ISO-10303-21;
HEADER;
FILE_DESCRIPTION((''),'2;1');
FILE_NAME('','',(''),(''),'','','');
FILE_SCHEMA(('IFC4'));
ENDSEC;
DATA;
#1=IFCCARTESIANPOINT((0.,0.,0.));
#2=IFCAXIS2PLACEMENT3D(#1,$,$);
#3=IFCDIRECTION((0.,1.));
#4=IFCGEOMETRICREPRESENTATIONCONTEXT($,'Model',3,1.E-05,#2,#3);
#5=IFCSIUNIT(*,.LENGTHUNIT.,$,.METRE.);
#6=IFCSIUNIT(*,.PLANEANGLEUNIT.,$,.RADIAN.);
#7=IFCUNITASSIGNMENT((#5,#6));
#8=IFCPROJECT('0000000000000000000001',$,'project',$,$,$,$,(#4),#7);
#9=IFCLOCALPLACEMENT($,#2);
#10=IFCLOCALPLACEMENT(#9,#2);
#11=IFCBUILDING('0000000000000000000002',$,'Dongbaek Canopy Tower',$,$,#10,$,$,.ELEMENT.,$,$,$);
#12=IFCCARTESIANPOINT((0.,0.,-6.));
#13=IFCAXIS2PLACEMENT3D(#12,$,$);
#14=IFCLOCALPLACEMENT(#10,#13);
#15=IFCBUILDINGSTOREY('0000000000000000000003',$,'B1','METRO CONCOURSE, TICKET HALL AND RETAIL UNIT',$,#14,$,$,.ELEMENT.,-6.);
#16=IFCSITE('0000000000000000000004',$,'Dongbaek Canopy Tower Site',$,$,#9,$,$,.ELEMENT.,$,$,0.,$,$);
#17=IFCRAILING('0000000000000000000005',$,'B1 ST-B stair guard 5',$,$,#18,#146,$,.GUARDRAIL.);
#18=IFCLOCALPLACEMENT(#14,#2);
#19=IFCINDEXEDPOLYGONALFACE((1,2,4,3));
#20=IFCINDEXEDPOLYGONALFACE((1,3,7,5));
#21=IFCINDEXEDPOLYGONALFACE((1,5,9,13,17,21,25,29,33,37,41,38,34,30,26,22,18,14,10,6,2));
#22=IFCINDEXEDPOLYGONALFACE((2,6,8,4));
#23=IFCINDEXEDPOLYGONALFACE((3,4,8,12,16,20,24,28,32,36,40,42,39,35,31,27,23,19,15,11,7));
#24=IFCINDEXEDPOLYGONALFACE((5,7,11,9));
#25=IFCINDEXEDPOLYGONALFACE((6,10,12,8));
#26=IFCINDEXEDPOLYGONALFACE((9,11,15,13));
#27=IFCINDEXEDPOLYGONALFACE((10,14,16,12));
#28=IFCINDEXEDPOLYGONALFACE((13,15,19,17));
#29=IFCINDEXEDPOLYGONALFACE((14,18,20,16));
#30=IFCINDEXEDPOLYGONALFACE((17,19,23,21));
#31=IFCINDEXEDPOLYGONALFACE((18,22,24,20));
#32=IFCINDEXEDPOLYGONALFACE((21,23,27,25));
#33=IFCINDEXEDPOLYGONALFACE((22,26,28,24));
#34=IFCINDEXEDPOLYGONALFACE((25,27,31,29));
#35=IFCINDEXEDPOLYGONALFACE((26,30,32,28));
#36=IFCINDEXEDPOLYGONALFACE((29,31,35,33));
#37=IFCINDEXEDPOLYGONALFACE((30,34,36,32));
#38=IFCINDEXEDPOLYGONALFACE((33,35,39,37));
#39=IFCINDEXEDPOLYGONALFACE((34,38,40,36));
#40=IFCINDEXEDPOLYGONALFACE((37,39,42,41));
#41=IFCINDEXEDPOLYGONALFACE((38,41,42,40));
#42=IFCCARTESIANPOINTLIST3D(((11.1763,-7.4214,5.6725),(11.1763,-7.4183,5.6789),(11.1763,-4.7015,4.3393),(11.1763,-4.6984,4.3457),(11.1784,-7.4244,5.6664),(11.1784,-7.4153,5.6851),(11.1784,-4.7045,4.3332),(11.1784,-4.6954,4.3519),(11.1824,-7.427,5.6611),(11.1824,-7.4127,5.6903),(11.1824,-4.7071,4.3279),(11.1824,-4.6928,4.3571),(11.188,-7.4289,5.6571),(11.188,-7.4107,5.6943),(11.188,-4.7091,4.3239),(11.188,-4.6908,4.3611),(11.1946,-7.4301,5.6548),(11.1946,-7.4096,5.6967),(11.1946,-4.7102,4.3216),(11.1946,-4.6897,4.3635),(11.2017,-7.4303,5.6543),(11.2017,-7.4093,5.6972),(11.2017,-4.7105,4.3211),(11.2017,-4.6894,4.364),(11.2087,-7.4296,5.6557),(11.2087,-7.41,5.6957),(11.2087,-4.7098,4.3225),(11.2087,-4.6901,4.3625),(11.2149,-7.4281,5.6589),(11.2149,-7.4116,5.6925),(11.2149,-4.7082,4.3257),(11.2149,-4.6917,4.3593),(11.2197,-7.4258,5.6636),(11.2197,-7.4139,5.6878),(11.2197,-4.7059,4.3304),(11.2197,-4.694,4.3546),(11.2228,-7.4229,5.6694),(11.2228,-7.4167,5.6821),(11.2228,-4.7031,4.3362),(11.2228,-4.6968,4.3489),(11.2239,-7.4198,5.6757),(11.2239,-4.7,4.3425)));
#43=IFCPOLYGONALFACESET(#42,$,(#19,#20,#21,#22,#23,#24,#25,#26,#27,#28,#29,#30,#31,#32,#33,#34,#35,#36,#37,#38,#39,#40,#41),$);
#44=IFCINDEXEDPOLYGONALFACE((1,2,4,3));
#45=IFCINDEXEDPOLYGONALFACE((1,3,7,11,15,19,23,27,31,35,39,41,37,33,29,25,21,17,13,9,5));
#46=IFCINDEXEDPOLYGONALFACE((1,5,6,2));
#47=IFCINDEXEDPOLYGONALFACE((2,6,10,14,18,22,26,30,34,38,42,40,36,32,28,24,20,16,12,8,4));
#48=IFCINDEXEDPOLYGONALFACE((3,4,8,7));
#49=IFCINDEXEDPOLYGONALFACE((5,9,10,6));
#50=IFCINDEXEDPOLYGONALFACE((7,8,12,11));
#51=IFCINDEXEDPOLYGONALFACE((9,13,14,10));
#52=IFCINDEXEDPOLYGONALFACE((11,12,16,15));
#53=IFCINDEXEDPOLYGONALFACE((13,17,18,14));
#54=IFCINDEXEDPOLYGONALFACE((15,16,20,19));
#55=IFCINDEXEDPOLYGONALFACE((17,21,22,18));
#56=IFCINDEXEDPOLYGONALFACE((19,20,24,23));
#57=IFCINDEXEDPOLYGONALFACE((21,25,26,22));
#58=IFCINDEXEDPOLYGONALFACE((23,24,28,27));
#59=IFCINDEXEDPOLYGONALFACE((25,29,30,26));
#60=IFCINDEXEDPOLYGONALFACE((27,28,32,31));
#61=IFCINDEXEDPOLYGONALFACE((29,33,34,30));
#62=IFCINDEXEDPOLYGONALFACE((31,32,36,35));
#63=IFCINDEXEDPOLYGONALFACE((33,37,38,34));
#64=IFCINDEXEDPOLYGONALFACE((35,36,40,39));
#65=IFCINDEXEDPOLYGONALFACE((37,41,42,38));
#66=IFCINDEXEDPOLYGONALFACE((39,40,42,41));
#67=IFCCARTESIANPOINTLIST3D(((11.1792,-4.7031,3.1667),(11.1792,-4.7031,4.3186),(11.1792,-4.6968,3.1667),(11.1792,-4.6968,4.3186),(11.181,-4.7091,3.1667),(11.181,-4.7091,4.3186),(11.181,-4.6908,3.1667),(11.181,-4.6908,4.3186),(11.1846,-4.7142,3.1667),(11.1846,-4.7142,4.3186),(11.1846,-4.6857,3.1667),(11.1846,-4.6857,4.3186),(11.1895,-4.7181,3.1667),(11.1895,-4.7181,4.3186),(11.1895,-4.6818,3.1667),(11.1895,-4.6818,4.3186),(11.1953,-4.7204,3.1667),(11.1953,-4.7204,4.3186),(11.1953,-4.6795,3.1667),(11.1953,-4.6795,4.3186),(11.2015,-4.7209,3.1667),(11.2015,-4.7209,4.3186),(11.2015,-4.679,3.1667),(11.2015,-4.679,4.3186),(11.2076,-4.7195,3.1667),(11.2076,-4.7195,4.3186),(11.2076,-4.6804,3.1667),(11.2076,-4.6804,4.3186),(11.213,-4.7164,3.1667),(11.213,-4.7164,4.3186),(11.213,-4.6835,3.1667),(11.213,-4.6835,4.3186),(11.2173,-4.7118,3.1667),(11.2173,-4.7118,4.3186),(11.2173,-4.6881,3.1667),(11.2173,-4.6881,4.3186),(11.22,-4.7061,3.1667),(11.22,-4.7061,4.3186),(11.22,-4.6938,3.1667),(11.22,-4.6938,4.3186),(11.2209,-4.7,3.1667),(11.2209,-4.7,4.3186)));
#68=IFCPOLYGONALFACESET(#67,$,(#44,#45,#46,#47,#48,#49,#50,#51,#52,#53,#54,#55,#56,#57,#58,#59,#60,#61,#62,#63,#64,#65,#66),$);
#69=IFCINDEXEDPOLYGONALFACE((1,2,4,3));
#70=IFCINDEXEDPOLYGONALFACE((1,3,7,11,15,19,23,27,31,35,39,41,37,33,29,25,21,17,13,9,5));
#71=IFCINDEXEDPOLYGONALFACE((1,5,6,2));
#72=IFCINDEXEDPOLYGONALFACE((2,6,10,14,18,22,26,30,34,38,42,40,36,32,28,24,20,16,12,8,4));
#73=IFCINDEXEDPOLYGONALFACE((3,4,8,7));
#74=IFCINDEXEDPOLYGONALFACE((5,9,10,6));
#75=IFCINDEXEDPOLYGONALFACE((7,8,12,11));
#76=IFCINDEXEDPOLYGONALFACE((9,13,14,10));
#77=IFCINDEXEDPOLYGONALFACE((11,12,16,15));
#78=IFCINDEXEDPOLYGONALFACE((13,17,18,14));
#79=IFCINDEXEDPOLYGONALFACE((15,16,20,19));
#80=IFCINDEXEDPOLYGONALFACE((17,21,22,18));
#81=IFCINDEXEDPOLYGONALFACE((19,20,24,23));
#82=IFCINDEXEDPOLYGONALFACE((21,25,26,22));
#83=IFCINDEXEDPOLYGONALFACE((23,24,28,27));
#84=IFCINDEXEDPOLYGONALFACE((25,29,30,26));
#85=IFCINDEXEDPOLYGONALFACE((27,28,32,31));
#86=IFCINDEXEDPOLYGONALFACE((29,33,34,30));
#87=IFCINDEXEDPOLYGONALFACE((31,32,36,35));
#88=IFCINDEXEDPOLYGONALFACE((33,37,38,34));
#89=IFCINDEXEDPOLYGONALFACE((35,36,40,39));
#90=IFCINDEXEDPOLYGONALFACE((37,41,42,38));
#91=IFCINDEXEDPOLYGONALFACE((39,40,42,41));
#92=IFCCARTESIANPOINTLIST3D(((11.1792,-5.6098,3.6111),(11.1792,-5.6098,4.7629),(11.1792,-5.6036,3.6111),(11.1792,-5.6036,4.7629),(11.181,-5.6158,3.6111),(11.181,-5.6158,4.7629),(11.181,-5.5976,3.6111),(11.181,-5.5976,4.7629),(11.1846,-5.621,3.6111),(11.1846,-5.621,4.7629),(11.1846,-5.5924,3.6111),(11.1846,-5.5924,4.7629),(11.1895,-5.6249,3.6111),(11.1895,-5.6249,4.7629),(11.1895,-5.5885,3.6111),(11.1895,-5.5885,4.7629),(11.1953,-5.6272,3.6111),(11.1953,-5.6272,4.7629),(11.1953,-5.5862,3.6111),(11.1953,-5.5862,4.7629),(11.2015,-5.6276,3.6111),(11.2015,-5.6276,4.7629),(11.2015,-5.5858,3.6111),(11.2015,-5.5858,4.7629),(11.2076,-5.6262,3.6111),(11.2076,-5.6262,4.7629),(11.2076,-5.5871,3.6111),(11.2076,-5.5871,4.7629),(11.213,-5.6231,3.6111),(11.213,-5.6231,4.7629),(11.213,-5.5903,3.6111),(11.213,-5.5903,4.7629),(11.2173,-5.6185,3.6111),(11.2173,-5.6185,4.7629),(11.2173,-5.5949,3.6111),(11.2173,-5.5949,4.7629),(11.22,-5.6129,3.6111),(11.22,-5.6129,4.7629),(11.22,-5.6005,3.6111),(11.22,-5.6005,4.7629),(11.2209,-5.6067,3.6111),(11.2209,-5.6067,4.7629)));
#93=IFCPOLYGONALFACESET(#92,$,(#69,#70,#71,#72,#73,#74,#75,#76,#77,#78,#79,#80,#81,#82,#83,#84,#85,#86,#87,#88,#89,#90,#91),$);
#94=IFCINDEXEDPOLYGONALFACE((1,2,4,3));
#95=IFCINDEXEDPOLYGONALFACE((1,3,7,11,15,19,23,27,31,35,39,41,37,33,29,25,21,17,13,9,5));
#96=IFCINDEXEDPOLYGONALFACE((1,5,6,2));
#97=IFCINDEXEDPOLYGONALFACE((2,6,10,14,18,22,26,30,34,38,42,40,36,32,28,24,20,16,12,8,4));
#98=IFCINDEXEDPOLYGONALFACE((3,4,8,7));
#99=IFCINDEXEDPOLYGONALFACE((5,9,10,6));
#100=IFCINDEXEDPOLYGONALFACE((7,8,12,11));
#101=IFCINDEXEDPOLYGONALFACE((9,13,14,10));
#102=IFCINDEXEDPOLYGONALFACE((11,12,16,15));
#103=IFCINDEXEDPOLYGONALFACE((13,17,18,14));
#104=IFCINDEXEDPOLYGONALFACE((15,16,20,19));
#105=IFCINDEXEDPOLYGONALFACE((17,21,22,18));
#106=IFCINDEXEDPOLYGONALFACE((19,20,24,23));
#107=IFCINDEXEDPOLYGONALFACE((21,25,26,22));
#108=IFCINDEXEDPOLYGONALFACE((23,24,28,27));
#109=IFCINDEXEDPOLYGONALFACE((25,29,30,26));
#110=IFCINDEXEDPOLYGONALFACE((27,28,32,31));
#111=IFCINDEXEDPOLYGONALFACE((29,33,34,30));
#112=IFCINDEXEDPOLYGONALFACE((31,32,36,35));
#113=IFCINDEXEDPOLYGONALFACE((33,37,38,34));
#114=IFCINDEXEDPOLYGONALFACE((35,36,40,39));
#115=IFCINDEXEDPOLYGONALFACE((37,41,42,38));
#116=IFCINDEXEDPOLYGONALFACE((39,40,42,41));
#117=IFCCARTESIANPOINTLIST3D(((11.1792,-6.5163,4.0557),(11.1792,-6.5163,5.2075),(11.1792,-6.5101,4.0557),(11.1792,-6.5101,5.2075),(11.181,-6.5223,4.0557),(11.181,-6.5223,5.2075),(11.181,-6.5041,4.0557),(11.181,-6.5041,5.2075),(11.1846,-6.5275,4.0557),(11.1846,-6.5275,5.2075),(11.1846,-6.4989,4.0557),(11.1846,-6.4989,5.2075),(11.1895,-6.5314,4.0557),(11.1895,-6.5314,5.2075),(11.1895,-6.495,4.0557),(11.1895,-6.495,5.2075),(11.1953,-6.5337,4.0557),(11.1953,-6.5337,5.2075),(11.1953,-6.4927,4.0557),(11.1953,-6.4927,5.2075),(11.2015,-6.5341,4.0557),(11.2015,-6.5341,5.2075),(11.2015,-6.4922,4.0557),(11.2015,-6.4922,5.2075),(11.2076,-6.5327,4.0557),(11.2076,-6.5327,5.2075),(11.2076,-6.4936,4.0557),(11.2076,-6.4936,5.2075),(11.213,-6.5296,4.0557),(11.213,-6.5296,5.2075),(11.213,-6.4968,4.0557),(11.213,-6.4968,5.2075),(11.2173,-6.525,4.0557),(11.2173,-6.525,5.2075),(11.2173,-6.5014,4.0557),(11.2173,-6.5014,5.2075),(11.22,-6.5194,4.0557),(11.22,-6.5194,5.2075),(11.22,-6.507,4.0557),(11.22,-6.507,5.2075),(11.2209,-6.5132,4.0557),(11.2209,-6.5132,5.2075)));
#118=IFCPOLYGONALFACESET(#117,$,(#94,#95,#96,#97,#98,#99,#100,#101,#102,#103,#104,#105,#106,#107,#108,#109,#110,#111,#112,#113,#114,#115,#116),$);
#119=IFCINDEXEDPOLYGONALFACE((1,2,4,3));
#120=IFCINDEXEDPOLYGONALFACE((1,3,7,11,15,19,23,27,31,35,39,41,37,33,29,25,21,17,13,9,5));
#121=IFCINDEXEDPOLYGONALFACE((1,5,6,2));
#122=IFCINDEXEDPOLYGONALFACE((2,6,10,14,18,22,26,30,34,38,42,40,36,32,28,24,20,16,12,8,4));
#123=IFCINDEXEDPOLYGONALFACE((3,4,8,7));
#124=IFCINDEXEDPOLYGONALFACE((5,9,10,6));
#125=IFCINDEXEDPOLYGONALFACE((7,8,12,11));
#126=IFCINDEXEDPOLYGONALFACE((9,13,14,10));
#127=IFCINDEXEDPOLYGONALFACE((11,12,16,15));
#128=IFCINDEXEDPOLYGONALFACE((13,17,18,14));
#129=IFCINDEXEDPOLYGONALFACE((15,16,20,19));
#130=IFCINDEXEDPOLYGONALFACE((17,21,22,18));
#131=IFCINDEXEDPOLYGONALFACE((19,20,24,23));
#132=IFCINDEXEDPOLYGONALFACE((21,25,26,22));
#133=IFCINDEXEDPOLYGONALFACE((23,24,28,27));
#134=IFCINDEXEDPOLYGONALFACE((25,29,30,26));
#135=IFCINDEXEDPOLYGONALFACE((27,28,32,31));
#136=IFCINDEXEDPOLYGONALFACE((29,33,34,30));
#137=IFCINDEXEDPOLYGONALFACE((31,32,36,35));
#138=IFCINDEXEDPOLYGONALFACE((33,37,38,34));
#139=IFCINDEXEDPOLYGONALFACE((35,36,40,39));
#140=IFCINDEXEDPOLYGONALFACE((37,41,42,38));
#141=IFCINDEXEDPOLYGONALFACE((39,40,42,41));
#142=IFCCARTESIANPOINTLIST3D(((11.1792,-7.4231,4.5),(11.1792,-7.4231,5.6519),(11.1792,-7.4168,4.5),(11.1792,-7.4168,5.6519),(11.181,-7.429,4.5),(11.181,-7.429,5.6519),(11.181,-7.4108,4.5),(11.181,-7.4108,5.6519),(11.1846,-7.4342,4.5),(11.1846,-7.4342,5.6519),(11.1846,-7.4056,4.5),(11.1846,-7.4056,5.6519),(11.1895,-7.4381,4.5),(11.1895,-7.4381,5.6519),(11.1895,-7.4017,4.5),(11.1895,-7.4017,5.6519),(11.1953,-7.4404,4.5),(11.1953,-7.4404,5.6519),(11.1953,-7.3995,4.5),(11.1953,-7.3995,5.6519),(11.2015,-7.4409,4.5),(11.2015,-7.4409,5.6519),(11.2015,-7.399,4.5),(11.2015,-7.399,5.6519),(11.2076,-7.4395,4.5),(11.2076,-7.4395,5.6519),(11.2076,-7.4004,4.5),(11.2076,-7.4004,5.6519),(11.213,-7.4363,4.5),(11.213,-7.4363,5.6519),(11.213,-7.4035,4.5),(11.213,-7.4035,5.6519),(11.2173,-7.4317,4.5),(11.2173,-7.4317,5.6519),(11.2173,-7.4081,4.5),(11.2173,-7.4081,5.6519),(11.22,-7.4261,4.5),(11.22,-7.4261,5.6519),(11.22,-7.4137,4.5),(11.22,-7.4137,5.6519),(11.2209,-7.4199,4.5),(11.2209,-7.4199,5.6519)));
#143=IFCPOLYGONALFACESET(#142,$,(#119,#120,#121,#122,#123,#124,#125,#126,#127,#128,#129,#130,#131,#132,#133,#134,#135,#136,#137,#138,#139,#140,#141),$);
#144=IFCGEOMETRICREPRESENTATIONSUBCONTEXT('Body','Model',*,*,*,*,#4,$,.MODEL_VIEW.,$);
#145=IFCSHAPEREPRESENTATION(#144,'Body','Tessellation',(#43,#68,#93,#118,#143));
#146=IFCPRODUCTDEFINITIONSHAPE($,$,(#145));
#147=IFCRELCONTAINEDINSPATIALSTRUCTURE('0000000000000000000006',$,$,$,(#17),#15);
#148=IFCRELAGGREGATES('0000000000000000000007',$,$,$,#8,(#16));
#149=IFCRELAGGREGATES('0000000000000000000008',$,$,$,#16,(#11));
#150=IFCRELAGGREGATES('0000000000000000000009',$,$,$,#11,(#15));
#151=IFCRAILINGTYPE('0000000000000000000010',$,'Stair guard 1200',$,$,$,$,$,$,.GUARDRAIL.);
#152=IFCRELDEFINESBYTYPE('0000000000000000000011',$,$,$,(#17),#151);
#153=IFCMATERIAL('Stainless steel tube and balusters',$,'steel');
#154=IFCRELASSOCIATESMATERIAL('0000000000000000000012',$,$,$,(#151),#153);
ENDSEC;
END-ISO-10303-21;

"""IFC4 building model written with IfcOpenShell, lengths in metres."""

from ifc_helpers import new_model, si_unit, direction, frame, origin, origin_2d, place, context, subcontext, project, spatial, circle, extrude, material, type_object, element, save


model = new_model("IFC4")

# Units and contexts
model_context = context("Model", 3, precision=1e-05, world=origin(), true_north=direction((0.0, 1.0)))
body_context = subcontext(model_context, "Body", "Model", "MODEL_VIEW")
ifc_project = project(units=[si_unit("LENGTHUNIT", "METRE"), si_unit("PLANEANGLEUNIT", "RADIAN")], contexts=[model_context])

# Site, building, storey
site_placement = place(None, origin())
site = spatial("IfcSite", under=ifc_project, at=site_placement, Name="Dongbaek Canopy Tower Site", CompositionType="ELEMENT", RefElevation=0.0)
building_placement = place(site_placement, origin())
building = spatial("IfcBuilding", under=site, at=building_placement, Name="Dongbaek Canopy Tower", CompositionType="ELEMENT")
storey_placement = place(building_placement, frame((0.0, 0.0, -6.0)))
storey = spatial("IfcBuildingStorey", under=building, at=storey_placement, Name="B1", Description="METRO CONCOURSE, TICKET HALL AND RETAIL UNIT", CompositionType="ELEMENT", Elevation=-6.0)

# Railing
ifc_material_1 = material(Name="Stainless steel tube and balusters", Category="steel")
railing_type_1 = type_object("IfcRailingType", Name="Stair guard 1200", PredefinedType="GUARDRAIL", material=ifc_material_1)
railing_1_placement = place(storey_placement, frame((11.2, -4.7, 3.1667)))
element("IfcRailing", 1, at=railing_1_placement, inside=storey, type_object=railing_type_1, Name="B1 ST-B stair guard 5", PredefinedType="GUARDRAIL", context=body_context, shape_type="SweptSolid", body=[
    extrude(circle(Radius=0.0239, at=origin_2d()), frame((0.0, 0.0, 1.1758), z_axis=(0.0, -0.897929, 0.440139), x_axis=(1.0, 0.0, 0.0)), (0.0, 0.0, 1.0), 3.0291),
    extrude(circle(Radius=0.021, at=origin_2d()), origin(), (0.0, 0.0, 1.0), 1.1519),
    extrude(circle(Radius=0.021, at=origin_2d()), frame((0.0, -0.9067, 0.4443)), (0.0, 0.0, 1.0), 1.1519),
    extrude(circle(Radius=0.021, at=origin_2d()), frame((0.0, -1.8132, 0.8889)), (0.0, 0.0, 1.0), 1.1519),
    extrude(circle(Radius=0.021, at=origin_2d()), frame((0.0, -2.72, 1.3333)), (0.0, 0.0, 1.0), 1.1519),
])

save(model, "model.ifc")
